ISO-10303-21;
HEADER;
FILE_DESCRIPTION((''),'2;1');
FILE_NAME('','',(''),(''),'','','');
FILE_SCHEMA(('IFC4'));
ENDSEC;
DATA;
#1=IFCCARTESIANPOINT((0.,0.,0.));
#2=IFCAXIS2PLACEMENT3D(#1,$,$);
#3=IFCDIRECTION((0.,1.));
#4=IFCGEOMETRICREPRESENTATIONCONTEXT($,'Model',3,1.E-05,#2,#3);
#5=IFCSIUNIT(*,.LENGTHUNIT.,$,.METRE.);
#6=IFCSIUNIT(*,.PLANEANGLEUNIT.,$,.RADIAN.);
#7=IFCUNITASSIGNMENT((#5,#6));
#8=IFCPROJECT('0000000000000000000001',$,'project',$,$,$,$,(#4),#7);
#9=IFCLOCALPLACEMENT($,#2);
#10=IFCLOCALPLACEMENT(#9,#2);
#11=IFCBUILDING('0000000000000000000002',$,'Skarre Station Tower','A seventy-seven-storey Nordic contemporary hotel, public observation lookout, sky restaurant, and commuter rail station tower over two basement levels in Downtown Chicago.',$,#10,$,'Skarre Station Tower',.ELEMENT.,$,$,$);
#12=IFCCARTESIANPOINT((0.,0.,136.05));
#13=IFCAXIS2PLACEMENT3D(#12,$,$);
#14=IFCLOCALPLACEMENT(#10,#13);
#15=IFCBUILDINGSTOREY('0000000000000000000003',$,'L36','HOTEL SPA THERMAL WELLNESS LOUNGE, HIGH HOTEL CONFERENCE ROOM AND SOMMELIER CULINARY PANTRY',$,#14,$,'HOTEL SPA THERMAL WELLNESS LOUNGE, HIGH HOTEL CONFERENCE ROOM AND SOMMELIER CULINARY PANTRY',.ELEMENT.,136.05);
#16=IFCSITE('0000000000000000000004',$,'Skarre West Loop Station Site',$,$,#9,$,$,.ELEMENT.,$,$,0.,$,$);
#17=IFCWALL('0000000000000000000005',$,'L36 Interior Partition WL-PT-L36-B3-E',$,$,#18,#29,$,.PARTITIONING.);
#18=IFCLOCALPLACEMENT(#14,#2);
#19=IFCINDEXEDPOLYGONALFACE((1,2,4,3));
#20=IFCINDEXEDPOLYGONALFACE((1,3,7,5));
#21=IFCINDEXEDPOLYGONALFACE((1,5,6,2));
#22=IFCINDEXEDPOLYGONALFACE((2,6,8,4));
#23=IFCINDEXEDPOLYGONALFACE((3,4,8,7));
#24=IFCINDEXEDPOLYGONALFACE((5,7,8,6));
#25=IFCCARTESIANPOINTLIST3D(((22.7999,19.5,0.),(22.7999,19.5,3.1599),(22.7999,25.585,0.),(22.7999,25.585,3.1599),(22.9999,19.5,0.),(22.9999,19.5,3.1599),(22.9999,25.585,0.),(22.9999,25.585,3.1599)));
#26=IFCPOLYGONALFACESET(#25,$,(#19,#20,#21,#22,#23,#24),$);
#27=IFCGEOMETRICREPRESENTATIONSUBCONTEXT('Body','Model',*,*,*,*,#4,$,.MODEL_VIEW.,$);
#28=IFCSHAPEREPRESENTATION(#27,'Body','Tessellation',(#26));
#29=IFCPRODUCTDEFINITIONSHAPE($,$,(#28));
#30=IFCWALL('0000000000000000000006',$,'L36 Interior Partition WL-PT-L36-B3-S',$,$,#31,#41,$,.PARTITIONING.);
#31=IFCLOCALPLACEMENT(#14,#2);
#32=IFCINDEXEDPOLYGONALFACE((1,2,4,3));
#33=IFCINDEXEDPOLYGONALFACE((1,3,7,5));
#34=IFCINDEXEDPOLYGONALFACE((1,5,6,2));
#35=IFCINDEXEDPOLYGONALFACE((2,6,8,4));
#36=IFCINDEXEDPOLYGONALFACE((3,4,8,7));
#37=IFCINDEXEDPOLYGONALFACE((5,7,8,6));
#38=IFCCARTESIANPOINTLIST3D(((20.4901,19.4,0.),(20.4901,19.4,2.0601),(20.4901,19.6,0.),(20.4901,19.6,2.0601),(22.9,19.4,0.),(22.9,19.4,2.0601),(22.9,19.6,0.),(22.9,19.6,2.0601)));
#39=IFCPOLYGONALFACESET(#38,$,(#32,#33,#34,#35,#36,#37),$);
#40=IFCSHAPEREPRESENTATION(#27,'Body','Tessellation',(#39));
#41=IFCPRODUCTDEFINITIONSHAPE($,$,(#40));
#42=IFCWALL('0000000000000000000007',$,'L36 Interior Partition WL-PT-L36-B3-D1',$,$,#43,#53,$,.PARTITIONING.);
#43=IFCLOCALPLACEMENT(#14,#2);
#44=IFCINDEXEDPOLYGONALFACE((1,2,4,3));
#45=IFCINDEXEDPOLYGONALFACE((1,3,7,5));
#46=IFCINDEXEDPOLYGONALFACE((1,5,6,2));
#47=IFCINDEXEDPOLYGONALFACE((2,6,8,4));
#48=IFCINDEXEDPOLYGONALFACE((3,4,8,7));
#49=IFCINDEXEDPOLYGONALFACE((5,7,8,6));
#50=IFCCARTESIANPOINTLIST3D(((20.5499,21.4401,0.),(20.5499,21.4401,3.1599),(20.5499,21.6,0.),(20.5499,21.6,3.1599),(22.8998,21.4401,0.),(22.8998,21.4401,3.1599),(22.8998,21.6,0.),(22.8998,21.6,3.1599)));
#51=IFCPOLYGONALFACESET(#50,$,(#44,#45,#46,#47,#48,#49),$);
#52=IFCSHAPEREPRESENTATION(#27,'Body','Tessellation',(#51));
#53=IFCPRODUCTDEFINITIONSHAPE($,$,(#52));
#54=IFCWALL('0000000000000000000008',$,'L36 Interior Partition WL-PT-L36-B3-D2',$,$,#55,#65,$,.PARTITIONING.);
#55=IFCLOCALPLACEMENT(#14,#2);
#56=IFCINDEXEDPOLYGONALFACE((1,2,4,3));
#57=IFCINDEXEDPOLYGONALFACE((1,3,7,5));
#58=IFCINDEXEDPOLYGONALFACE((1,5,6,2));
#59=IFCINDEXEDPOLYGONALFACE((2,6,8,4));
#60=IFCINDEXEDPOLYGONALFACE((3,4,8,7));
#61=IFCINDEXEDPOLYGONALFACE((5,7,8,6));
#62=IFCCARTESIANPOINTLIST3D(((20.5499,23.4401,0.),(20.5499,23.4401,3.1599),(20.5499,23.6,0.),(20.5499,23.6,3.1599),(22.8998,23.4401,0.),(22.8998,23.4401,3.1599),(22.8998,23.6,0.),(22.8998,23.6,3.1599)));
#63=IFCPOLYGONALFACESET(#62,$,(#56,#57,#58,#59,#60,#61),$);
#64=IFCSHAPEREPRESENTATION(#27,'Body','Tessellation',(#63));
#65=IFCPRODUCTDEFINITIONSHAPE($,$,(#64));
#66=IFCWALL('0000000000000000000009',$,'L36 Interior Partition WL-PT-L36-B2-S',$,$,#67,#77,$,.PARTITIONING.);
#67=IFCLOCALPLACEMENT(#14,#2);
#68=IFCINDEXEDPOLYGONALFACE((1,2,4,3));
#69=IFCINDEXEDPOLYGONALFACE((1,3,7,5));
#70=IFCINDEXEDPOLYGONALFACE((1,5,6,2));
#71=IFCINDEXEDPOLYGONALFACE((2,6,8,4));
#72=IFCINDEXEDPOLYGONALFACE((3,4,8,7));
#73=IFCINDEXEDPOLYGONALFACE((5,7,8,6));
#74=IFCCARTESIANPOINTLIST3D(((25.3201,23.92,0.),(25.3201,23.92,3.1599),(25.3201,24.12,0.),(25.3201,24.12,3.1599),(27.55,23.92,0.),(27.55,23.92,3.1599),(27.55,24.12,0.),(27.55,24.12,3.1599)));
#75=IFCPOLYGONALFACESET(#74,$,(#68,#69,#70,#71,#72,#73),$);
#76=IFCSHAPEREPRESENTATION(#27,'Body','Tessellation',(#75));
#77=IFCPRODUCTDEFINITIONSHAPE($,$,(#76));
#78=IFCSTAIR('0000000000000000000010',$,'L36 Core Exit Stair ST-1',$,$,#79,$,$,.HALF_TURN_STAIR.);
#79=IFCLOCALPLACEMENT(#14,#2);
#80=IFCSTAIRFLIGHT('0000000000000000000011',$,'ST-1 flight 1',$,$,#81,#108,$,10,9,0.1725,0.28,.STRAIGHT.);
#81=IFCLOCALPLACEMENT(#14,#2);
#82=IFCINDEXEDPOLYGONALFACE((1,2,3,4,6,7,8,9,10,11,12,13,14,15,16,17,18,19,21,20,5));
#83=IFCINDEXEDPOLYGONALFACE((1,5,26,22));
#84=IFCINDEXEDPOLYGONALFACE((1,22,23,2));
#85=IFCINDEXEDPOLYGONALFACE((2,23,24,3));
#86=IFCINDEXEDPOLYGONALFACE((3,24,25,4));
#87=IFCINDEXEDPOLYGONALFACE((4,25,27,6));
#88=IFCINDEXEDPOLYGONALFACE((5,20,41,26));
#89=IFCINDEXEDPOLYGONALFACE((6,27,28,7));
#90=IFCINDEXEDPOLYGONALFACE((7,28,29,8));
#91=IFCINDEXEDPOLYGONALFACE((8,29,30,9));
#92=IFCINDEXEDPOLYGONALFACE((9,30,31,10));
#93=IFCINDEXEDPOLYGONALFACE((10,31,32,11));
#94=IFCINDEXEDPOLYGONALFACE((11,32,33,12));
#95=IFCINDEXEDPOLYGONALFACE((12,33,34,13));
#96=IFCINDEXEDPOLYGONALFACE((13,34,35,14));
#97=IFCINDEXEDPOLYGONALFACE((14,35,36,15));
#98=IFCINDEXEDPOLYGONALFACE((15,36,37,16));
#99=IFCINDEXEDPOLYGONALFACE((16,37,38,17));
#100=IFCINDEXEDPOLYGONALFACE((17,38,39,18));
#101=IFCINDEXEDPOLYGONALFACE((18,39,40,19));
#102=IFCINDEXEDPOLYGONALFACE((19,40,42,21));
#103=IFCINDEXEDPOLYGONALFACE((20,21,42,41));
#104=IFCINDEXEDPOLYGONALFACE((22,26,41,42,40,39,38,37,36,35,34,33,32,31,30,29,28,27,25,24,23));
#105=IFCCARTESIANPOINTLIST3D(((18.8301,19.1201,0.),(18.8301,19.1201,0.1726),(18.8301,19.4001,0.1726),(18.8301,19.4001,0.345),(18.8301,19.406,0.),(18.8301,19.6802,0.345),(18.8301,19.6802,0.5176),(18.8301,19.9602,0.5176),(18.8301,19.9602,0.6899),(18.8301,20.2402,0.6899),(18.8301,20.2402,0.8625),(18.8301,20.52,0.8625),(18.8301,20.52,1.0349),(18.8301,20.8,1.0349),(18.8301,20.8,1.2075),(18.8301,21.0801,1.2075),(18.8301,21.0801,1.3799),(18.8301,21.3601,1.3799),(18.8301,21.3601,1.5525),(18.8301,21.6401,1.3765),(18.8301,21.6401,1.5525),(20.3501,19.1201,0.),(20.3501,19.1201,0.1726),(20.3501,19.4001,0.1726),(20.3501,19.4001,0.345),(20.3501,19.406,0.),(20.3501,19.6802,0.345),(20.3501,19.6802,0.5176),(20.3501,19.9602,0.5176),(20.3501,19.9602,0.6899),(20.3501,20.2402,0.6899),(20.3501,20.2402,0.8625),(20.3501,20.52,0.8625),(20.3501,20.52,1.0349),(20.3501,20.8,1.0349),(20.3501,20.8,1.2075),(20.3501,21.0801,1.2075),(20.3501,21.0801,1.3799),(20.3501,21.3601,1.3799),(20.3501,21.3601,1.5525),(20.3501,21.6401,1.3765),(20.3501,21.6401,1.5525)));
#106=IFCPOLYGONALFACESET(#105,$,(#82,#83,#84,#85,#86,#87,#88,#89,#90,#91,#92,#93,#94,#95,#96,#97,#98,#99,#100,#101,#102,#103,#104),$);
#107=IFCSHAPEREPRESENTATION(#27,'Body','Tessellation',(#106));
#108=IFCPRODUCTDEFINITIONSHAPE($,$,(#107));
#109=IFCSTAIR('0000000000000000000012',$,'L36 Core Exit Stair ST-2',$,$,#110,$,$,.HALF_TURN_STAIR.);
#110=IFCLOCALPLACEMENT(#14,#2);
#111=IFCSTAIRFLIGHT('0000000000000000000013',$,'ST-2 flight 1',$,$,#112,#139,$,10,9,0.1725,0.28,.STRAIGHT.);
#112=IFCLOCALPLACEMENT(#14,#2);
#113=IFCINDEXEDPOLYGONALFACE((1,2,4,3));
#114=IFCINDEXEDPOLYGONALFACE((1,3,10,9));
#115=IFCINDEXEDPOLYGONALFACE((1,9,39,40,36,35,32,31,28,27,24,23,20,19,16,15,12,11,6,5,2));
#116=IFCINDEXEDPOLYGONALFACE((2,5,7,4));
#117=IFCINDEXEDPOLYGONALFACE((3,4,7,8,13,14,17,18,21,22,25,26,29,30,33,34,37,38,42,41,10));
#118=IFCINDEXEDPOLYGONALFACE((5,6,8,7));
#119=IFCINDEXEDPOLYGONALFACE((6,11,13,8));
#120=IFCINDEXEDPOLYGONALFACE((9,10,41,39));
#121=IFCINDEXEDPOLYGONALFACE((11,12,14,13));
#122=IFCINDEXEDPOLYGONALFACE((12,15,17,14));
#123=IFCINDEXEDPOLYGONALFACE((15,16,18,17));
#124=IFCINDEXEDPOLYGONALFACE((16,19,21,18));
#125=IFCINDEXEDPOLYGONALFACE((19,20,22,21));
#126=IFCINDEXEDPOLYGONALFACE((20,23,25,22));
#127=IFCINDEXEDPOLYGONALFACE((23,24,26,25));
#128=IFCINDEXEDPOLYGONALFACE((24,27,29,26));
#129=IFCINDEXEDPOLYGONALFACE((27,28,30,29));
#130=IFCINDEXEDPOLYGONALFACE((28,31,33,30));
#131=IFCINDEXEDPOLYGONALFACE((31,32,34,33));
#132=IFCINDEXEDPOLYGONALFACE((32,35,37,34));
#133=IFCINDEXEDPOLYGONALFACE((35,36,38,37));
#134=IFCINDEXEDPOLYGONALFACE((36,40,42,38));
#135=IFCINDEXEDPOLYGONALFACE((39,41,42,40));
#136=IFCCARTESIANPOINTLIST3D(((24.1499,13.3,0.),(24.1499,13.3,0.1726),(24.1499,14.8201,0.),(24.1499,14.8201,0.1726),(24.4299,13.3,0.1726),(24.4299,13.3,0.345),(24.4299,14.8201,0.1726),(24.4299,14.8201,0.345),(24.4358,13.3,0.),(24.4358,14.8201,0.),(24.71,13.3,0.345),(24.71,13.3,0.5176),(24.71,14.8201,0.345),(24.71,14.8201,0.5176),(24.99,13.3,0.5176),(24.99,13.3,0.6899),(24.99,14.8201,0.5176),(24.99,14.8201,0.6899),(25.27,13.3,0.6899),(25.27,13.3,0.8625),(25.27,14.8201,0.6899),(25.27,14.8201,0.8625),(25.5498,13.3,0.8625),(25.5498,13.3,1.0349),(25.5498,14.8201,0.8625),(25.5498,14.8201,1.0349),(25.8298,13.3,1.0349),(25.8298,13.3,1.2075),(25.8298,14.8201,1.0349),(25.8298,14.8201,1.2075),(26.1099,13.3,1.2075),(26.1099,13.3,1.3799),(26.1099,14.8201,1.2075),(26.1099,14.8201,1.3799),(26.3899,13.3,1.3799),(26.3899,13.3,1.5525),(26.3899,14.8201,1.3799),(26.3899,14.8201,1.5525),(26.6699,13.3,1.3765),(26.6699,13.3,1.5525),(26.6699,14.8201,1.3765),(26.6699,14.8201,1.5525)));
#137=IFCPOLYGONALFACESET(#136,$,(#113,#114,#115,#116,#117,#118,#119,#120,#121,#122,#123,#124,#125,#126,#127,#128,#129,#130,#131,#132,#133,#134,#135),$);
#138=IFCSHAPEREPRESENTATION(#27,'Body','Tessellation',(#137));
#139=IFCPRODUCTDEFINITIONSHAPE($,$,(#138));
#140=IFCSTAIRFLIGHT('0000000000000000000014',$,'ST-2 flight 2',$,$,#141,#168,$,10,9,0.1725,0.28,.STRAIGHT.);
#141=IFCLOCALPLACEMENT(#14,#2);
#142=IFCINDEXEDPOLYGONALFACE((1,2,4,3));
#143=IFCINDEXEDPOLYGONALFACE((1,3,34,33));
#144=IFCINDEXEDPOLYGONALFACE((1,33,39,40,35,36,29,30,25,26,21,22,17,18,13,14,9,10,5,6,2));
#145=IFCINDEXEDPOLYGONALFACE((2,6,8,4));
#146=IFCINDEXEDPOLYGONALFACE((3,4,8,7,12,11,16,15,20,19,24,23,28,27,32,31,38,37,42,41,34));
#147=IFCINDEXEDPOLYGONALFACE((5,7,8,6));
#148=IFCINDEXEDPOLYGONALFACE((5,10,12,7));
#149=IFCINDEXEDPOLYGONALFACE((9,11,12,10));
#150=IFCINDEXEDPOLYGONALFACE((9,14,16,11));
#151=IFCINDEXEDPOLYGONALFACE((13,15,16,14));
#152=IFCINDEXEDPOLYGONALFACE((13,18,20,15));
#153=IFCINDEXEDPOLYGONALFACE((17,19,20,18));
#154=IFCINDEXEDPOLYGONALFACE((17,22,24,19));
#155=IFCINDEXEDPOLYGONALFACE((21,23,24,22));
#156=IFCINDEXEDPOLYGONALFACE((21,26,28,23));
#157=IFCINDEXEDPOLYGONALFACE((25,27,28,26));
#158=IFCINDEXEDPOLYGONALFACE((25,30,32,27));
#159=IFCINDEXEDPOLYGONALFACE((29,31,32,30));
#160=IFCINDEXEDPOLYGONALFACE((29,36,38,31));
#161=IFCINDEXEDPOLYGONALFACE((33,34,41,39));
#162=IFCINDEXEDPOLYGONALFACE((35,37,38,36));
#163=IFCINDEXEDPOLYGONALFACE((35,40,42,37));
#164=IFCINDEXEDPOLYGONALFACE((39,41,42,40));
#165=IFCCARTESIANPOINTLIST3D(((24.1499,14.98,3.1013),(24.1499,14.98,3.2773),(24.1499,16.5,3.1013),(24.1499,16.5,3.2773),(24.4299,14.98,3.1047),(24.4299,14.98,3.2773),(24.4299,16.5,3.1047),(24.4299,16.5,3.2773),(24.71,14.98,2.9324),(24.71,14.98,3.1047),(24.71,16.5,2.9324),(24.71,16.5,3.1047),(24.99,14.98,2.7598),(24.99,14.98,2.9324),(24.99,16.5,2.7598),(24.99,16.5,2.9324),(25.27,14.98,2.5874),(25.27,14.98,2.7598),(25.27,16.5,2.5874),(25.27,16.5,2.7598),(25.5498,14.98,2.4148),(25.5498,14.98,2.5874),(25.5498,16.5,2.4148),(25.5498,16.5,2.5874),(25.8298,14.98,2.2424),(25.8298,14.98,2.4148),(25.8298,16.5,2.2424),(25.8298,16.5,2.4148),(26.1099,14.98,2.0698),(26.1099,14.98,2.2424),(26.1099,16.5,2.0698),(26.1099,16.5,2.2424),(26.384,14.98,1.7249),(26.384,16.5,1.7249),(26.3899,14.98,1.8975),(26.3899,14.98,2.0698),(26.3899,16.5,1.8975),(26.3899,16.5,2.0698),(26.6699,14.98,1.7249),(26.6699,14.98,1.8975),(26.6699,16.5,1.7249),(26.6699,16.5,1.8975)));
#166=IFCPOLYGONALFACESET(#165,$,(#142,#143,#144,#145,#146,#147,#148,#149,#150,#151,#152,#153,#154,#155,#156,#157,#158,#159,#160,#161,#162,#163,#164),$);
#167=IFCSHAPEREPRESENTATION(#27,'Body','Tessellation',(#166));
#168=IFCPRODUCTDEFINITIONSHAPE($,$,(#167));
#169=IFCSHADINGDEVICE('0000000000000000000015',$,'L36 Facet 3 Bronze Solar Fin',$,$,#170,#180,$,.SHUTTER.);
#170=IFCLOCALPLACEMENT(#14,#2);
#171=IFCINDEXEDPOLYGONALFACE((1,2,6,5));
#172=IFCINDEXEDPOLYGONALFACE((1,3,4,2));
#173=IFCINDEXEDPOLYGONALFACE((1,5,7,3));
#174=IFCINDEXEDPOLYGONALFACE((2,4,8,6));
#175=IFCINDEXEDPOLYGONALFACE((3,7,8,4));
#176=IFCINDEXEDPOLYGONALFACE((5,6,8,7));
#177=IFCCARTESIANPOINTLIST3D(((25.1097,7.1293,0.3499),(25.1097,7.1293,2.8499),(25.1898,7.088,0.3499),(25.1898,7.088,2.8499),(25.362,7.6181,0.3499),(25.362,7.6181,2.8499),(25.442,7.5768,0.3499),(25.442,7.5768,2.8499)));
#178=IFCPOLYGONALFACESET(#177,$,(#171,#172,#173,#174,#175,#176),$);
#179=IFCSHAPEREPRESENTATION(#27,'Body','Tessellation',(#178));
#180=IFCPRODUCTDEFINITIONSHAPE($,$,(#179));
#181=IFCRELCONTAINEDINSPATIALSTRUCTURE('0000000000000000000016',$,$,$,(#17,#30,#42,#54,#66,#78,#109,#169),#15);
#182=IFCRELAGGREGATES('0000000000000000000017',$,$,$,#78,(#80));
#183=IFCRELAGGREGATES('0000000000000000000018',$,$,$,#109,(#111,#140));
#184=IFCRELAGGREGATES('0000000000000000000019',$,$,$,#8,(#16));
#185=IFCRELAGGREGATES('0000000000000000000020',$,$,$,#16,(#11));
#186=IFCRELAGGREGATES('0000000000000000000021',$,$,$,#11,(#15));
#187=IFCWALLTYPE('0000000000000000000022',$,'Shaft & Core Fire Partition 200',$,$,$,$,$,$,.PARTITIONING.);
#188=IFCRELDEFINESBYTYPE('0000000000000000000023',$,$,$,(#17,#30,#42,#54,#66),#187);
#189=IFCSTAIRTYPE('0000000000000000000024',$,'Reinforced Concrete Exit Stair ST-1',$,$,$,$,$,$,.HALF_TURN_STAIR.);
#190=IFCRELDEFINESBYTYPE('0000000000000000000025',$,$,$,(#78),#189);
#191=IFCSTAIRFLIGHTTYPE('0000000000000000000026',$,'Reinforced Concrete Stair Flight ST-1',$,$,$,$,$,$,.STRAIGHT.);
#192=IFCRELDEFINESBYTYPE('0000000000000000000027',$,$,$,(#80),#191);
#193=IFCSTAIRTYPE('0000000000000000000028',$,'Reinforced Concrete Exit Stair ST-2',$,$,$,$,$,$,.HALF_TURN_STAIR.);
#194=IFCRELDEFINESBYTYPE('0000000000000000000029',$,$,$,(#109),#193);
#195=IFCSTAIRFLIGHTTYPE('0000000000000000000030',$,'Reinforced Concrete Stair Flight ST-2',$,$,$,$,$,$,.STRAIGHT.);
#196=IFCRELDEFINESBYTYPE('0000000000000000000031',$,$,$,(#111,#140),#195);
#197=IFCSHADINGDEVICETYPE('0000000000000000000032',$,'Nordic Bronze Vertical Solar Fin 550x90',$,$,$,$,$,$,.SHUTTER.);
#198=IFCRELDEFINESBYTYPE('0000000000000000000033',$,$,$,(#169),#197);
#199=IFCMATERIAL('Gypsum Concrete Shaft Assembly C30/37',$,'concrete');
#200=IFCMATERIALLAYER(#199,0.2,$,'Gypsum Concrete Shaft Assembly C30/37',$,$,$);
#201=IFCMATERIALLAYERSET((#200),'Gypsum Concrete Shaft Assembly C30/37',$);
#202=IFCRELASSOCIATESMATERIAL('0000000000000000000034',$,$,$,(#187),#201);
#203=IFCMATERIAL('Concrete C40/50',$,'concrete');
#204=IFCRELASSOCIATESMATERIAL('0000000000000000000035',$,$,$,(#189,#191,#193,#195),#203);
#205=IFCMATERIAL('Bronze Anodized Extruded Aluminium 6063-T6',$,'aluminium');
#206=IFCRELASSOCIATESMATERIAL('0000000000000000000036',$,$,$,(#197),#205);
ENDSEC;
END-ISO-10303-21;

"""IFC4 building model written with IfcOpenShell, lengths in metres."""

from ifc_helpers import new_model, si_unit, direction, frame, frame_2d, origin, origin_2d, place, context, subcontext, project, spatial, polyline, rectangle, outline, extrude, material, layer, layer_set, type_object, element, aggregate, save


model = new_model("IFC4")

# Units and contexts
model_context = context("Model", 3, precision=1e-05, world=origin(), true_north=direction((0.0, 1.0)))
body_context = subcontext(model_context, "Body", "Model", "MODEL_VIEW")
ifc_project = project(units=[si_unit("LENGTHUNIT", "METRE"), si_unit("PLANEANGLEUNIT", "RADIAN")], contexts=[model_context])

# Site, building, storey
site_placement = place(None, origin())
site = spatial("IfcSite", under=ifc_project, at=site_placement, Name="Skarre West Loop Station Site", CompositionType="ELEMENT", RefElevation=0.0)
building_placement = place(site_placement, origin())
building = spatial("IfcBuilding", under=site, at=building_placement, Name="Skarre Station Tower", Description="A seventy-seven-storey Nordic contemporary hotel, public observation lookout, sky restaurant, and commuter rail station tower over two basement levels in Downtown Chicago.", LongName="Skarre Station Tower", CompositionType="ELEMENT")
storey_placement = place(building_placement, frame((0.0, 0.0, 136.05)))
storey = spatial("IfcBuildingStorey", under=building, at=storey_placement, Name="L36", Description="HOTEL SPA THERMAL WELLNESS LOUNGE, HIGH HOTEL CONFERENCE ROOM AND SOMMELIER CULINARY PANTRY", LongName="HOTEL SPA THERMAL WELLNESS LOUNGE, HIGH HOTEL CONFERENCE ROOM AND SOMMELIER CULINARY PANTRY", CompositionType="ELEMENT", Elevation=136.05)

# Walls
ifc_material_1 = material(Name="Gypsum Concrete Shaft Assembly C30/37", Category="concrete")
ifc_layer_1 = layer(ifc_material_1, 0.2, Name="Gypsum Concrete Shaft Assembly C30/37")
ifc_layer_set_1 = layer_set([ifc_layer_1], Name="Gypsum Concrete Shaft Assembly C30/37")
wall_type_1 = type_object("IfcWallType", Name="Shaft & Core Fire Partition 200", PredefinedType="PARTITIONING", material=ifc_layer_set_1)
wall_1_placement = place(storey_placement, frame((22.8999, 19.5, 0.0), z_axis=(0.0, 0.0, 1.0), x_axis=(0.0, 1.0, 0.0)))
element("IfcWall", 1, at=wall_1_placement, inside=storey, type_object=wall_type_1, Name="L36 Interior Partition WL-PT-L36-B3-E", PredefinedType="PARTITIONING", context=body_context, shape_type="SweptSolid", body=[
    extrude(rectangle(XDim=6.085, YDim=0.2, at=frame_2d((3.0425, 0.0))), origin(), (0.0, 0.0, 1.0), 3.1599),
])
wall_2_placement = place(storey_placement, frame((20.49, 19.5, 0.0), z_axis=(0.0, 0.0, 1.0), x_axis=(1.0, 0.0, 0.0)))
element("IfcWall", 2, at=wall_2_placement, inside=storey, type_object=wall_type_1, Name="L36 Interior Partition WL-PT-L36-B3-S", PredefinedType="PARTITIONING", context=body_context, shape_type="SweptSolid", body=[
    extrude(rectangle(XDim=2.4099, YDim=0.2, at=frame_2d((1.2051, 0.0))), origin(), (0.0, 0.0, 1.0), 2.0601),
])
for number, where, z_axis, x_axis, name in (
    (3, (20.55, 21.52, 0.0), (0.0, 0.0, 1.0), (1.0, 0.0, 0.0), "L36 Interior Partition WL-PT-L36-B3-D1"),
    (4, (20.55, 23.52, 0.0), (0.0, 0.0, 1.0), (1.0, 0.0, 0.0), "L36 Interior Partition WL-PT-L36-B3-D2"),
):
    element("IfcWall", number, at=place(storey_placement, frame(where, z_axis=z_axis, x_axis=x_axis)), inside=storey, type_object=wall_type_1, Name=name, PredefinedType="PARTITIONING", context=body_context, shape_type="SweptSolid", body=[
        extrude(rectangle(XDim=2.3499, YDim=0.1599, at=frame_2d((1.1748, 0.0))), origin(), (0.0, 0.0, 1.0), 3.1599),
    ])
wall_3_placement = place(storey_placement, frame((25.3201, 24.02, 0.0), z_axis=(0.0, 0.0, 1.0), x_axis=(1.0, 0.0, 0.0)))
element("IfcWall", 5, at=wall_3_placement, inside=storey, type_object=wall_type_1, Name="L36 Interior Partition WL-PT-L36-B2-S", PredefinedType="PARTITIONING", context=body_context, shape_type="SweptSolid", body=[
    extrude(rectangle(XDim=2.23, YDim=0.2, at=frame_2d((1.115, 0.0))), origin(), (0.0, 0.0, 1.0), 3.1599),
])

# Stair, stair flight
ifc_material_2 = material(Name="Concrete C40/50", Category="concrete")
stair_type_1 = type_object("IfcStairType", Name="Reinforced Concrete Exit Stair ST-1", PredefinedType="HALF_TURN_STAIR", material=ifc_material_2)
stair_1_placement = place(storey_placement, origin())
stair_1 = element("IfcStair", 6, at=stair_1_placement, inside=storey, type_object=stair_type_1, Name="L36 Core Exit Stair ST-1", PredefinedType="HALF_TURN_STAIR")
stair_flight_type_1 = type_object("IfcStairFlightType", Name="Reinforced Concrete Stair Flight ST-1", PredefinedType="STRAIGHT", material=ifc_material_2)
stair_flight_1_placement = place(storey_placement, frame((19.5901, 19.1201, 0.0), z_axis=(0.0, 0.0, 1.0), x_axis=(0.0, 1.0, 0.0)))
stair_flight_1 = element("IfcStairFlight", 7, at=stair_flight_1_placement, type_object=stair_flight_type_1, Name="ST-1 flight 1", NumberOfRisers=10, NumberOfTreads=9, PredefinedType="STRAIGHT", RiserHeight=0.1725, TreadLength=0.28, context=body_context, shape_type="SweptSolid", body=[
    extrude(outline(polyline([(0.0, 0.0), (0.0, 0.1726), (0.28, 0.1726), (0.28, 0.345), (0.5601, 0.345), (0.5601, 0.5176), (0.8401, 0.5176), (0.8401, 0.6899), (1.1201, 0.6899), (1.1201, 0.8625), (1.3999, 0.8625), (1.3999, 1.0349), (1.6799, 1.0349), (1.6799, 1.2075), (1.96, 1.2075), (1.96, 1.3799), (2.24, 1.3799), (2.24, 1.5525), (2.52, 1.5525), (2.52, 1.7251), (2.52, 1.3765), (0.2859, 0.0), (0.0, 0.0)])), frame((0.0, 0.76, 0.0), z_axis=(0.0, -1.0, 0.0), x_axis=(1.0, 0.0, 0.0)), (0.0, 0.0, 1.0), 1.52),
])
aggregate(stair_1, [stair_flight_1])

# Stair, stair flights
stair_type_2 = type_object("IfcStairType", Name="Reinforced Concrete Exit Stair ST-2", PredefinedType="HALF_TURN_STAIR", material=ifc_material_2)
stair_2_placement = place(storey_placement, origin())
stair_2 = element("IfcStair", 8, at=stair_2_placement, inside=storey, type_object=stair_type_2, Name="L36 Core Exit Stair ST-2", PredefinedType="HALF_TURN_STAIR")
stair_flight_type_2 = type_object("IfcStairFlightType", Name="Reinforced Concrete Stair Flight ST-2", PredefinedType="STRAIGHT", material=ifc_material_2)
stair_flight_2_placement = place(storey_placement, frame((24.1499, 14.0601, 0.0), z_axis=(0.0, 0.0, 1.0), x_axis=(1.0, 0.0, 0.0)))
stair_flight_2 = element("IfcStairFlight", 9, at=stair_flight_2_placement, type_object=stair_flight_type_2, Name="ST-2 flight 1", NumberOfRisers=10, NumberOfTreads=9, PredefinedType="STRAIGHT", RiserHeight=0.1725, TreadLength=0.28, context=body_context, shape_type="SweptSolid", body=[
    extrude(outline(polyline([(0.0, 0.0), (0.0, 0.1726), (0.28, 0.1726), (0.28, 0.345), (0.5601, 0.345), (0.5601, 0.5176), (0.8401, 0.5176), (0.8401, 0.6899), (1.1201, 0.6899), (1.1201, 0.8625), (1.3999, 0.8625), (1.3999, 1.0349), (1.6799, 1.0349), (1.6799, 1.2075), (1.96, 1.2075), (1.96, 1.3799), (2.24, 1.3799), (2.24, 1.5525), (2.52, 1.5525), (2.52, 1.7251), (2.52, 1.3765), (0.2859, 0.0), (0.0, 0.0)])), frame((0.0, 0.76, 0.0), z_axis=(0.0, -1.0, 0.0), x_axis=(1.0, 0.0, 0.0)), (0.0, 0.0, 1.0), 1.52),
])
stair_flight_3_placement = place(storey_placement, frame((26.6699, 15.74, 1.7249), z_axis=(0.0, 0.0, 1.0), x_axis=(-1.0, 0.0, 0.0)))
stair_flight_3 = element("IfcStairFlight", 10, at=stair_flight_3_placement, type_object=stair_flight_type_2, Name="ST-2 flight 2", NumberOfRisers=10, NumberOfTreads=9, PredefinedType="STRAIGHT", RiserHeight=0.1725, TreadLength=0.28, context=body_context, shape_type="SweptSolid", body=[
    extrude(outline(polyline([(0.0, 0.0), (0.0, 0.1726), (0.28, 0.1726), (0.28, 0.345), (0.5601, 0.345), (0.5601, 0.5176), (0.8401, 0.5176), (0.8401, 0.6899), (1.1201, 0.6899), (1.1201, 0.8625), (1.3999, 0.8625), (1.3999, 1.0349), (1.6799, 1.0349), (1.6799, 1.2075), (1.96, 1.2075), (1.96, 1.3799), (2.24, 1.3799), (2.24, 1.5525), (2.52, 1.5525), (2.52, 1.7251), (2.52, 1.3765), (0.2859, 0.0), (0.0, 0.0)])), frame((0.0, 0.76, 0.0), z_axis=(0.0, -1.0, 0.0), x_axis=(1.0, 0.0, 0.0)), (0.0, 0.0, 1.0), 1.52),
])
aggregate(stair_2, [stair_flight_2, stair_flight_3])

# Shading device
ifc_material_3 = material(Name="Bronze Anodized Extruded Aluminium 6063-T6", Category="aluminium")
shading_device_type = type_object("IfcShadingDeviceType", Name="Nordic Bronze Vertical Solar Fin 550x90", PredefinedType="SHUTTER", material=ifc_material_3)
shading_device_placement = place(storey_placement, frame((25.2759, 7.353, 0.3499), z_axis=(0.0, 0.0, 1.0), x_axis=(-0.45865, -0.888617, 0.0)))
element("IfcShadingDevice", 11, at=shading_device_placement, inside=storey, type_object=shading_device_type, Name="L36 Facet 3 Bronze Solar Fin", PredefinedType="SHUTTER", context=body_context, shape_type="SweptSolid", body=[
    extrude(rectangle(XDim=0.55, YDim=0.0901, at=origin_2d()), origin(), (0.0, 0.0, 1.0), 2.5),
])

save(model, "model.ifc")
